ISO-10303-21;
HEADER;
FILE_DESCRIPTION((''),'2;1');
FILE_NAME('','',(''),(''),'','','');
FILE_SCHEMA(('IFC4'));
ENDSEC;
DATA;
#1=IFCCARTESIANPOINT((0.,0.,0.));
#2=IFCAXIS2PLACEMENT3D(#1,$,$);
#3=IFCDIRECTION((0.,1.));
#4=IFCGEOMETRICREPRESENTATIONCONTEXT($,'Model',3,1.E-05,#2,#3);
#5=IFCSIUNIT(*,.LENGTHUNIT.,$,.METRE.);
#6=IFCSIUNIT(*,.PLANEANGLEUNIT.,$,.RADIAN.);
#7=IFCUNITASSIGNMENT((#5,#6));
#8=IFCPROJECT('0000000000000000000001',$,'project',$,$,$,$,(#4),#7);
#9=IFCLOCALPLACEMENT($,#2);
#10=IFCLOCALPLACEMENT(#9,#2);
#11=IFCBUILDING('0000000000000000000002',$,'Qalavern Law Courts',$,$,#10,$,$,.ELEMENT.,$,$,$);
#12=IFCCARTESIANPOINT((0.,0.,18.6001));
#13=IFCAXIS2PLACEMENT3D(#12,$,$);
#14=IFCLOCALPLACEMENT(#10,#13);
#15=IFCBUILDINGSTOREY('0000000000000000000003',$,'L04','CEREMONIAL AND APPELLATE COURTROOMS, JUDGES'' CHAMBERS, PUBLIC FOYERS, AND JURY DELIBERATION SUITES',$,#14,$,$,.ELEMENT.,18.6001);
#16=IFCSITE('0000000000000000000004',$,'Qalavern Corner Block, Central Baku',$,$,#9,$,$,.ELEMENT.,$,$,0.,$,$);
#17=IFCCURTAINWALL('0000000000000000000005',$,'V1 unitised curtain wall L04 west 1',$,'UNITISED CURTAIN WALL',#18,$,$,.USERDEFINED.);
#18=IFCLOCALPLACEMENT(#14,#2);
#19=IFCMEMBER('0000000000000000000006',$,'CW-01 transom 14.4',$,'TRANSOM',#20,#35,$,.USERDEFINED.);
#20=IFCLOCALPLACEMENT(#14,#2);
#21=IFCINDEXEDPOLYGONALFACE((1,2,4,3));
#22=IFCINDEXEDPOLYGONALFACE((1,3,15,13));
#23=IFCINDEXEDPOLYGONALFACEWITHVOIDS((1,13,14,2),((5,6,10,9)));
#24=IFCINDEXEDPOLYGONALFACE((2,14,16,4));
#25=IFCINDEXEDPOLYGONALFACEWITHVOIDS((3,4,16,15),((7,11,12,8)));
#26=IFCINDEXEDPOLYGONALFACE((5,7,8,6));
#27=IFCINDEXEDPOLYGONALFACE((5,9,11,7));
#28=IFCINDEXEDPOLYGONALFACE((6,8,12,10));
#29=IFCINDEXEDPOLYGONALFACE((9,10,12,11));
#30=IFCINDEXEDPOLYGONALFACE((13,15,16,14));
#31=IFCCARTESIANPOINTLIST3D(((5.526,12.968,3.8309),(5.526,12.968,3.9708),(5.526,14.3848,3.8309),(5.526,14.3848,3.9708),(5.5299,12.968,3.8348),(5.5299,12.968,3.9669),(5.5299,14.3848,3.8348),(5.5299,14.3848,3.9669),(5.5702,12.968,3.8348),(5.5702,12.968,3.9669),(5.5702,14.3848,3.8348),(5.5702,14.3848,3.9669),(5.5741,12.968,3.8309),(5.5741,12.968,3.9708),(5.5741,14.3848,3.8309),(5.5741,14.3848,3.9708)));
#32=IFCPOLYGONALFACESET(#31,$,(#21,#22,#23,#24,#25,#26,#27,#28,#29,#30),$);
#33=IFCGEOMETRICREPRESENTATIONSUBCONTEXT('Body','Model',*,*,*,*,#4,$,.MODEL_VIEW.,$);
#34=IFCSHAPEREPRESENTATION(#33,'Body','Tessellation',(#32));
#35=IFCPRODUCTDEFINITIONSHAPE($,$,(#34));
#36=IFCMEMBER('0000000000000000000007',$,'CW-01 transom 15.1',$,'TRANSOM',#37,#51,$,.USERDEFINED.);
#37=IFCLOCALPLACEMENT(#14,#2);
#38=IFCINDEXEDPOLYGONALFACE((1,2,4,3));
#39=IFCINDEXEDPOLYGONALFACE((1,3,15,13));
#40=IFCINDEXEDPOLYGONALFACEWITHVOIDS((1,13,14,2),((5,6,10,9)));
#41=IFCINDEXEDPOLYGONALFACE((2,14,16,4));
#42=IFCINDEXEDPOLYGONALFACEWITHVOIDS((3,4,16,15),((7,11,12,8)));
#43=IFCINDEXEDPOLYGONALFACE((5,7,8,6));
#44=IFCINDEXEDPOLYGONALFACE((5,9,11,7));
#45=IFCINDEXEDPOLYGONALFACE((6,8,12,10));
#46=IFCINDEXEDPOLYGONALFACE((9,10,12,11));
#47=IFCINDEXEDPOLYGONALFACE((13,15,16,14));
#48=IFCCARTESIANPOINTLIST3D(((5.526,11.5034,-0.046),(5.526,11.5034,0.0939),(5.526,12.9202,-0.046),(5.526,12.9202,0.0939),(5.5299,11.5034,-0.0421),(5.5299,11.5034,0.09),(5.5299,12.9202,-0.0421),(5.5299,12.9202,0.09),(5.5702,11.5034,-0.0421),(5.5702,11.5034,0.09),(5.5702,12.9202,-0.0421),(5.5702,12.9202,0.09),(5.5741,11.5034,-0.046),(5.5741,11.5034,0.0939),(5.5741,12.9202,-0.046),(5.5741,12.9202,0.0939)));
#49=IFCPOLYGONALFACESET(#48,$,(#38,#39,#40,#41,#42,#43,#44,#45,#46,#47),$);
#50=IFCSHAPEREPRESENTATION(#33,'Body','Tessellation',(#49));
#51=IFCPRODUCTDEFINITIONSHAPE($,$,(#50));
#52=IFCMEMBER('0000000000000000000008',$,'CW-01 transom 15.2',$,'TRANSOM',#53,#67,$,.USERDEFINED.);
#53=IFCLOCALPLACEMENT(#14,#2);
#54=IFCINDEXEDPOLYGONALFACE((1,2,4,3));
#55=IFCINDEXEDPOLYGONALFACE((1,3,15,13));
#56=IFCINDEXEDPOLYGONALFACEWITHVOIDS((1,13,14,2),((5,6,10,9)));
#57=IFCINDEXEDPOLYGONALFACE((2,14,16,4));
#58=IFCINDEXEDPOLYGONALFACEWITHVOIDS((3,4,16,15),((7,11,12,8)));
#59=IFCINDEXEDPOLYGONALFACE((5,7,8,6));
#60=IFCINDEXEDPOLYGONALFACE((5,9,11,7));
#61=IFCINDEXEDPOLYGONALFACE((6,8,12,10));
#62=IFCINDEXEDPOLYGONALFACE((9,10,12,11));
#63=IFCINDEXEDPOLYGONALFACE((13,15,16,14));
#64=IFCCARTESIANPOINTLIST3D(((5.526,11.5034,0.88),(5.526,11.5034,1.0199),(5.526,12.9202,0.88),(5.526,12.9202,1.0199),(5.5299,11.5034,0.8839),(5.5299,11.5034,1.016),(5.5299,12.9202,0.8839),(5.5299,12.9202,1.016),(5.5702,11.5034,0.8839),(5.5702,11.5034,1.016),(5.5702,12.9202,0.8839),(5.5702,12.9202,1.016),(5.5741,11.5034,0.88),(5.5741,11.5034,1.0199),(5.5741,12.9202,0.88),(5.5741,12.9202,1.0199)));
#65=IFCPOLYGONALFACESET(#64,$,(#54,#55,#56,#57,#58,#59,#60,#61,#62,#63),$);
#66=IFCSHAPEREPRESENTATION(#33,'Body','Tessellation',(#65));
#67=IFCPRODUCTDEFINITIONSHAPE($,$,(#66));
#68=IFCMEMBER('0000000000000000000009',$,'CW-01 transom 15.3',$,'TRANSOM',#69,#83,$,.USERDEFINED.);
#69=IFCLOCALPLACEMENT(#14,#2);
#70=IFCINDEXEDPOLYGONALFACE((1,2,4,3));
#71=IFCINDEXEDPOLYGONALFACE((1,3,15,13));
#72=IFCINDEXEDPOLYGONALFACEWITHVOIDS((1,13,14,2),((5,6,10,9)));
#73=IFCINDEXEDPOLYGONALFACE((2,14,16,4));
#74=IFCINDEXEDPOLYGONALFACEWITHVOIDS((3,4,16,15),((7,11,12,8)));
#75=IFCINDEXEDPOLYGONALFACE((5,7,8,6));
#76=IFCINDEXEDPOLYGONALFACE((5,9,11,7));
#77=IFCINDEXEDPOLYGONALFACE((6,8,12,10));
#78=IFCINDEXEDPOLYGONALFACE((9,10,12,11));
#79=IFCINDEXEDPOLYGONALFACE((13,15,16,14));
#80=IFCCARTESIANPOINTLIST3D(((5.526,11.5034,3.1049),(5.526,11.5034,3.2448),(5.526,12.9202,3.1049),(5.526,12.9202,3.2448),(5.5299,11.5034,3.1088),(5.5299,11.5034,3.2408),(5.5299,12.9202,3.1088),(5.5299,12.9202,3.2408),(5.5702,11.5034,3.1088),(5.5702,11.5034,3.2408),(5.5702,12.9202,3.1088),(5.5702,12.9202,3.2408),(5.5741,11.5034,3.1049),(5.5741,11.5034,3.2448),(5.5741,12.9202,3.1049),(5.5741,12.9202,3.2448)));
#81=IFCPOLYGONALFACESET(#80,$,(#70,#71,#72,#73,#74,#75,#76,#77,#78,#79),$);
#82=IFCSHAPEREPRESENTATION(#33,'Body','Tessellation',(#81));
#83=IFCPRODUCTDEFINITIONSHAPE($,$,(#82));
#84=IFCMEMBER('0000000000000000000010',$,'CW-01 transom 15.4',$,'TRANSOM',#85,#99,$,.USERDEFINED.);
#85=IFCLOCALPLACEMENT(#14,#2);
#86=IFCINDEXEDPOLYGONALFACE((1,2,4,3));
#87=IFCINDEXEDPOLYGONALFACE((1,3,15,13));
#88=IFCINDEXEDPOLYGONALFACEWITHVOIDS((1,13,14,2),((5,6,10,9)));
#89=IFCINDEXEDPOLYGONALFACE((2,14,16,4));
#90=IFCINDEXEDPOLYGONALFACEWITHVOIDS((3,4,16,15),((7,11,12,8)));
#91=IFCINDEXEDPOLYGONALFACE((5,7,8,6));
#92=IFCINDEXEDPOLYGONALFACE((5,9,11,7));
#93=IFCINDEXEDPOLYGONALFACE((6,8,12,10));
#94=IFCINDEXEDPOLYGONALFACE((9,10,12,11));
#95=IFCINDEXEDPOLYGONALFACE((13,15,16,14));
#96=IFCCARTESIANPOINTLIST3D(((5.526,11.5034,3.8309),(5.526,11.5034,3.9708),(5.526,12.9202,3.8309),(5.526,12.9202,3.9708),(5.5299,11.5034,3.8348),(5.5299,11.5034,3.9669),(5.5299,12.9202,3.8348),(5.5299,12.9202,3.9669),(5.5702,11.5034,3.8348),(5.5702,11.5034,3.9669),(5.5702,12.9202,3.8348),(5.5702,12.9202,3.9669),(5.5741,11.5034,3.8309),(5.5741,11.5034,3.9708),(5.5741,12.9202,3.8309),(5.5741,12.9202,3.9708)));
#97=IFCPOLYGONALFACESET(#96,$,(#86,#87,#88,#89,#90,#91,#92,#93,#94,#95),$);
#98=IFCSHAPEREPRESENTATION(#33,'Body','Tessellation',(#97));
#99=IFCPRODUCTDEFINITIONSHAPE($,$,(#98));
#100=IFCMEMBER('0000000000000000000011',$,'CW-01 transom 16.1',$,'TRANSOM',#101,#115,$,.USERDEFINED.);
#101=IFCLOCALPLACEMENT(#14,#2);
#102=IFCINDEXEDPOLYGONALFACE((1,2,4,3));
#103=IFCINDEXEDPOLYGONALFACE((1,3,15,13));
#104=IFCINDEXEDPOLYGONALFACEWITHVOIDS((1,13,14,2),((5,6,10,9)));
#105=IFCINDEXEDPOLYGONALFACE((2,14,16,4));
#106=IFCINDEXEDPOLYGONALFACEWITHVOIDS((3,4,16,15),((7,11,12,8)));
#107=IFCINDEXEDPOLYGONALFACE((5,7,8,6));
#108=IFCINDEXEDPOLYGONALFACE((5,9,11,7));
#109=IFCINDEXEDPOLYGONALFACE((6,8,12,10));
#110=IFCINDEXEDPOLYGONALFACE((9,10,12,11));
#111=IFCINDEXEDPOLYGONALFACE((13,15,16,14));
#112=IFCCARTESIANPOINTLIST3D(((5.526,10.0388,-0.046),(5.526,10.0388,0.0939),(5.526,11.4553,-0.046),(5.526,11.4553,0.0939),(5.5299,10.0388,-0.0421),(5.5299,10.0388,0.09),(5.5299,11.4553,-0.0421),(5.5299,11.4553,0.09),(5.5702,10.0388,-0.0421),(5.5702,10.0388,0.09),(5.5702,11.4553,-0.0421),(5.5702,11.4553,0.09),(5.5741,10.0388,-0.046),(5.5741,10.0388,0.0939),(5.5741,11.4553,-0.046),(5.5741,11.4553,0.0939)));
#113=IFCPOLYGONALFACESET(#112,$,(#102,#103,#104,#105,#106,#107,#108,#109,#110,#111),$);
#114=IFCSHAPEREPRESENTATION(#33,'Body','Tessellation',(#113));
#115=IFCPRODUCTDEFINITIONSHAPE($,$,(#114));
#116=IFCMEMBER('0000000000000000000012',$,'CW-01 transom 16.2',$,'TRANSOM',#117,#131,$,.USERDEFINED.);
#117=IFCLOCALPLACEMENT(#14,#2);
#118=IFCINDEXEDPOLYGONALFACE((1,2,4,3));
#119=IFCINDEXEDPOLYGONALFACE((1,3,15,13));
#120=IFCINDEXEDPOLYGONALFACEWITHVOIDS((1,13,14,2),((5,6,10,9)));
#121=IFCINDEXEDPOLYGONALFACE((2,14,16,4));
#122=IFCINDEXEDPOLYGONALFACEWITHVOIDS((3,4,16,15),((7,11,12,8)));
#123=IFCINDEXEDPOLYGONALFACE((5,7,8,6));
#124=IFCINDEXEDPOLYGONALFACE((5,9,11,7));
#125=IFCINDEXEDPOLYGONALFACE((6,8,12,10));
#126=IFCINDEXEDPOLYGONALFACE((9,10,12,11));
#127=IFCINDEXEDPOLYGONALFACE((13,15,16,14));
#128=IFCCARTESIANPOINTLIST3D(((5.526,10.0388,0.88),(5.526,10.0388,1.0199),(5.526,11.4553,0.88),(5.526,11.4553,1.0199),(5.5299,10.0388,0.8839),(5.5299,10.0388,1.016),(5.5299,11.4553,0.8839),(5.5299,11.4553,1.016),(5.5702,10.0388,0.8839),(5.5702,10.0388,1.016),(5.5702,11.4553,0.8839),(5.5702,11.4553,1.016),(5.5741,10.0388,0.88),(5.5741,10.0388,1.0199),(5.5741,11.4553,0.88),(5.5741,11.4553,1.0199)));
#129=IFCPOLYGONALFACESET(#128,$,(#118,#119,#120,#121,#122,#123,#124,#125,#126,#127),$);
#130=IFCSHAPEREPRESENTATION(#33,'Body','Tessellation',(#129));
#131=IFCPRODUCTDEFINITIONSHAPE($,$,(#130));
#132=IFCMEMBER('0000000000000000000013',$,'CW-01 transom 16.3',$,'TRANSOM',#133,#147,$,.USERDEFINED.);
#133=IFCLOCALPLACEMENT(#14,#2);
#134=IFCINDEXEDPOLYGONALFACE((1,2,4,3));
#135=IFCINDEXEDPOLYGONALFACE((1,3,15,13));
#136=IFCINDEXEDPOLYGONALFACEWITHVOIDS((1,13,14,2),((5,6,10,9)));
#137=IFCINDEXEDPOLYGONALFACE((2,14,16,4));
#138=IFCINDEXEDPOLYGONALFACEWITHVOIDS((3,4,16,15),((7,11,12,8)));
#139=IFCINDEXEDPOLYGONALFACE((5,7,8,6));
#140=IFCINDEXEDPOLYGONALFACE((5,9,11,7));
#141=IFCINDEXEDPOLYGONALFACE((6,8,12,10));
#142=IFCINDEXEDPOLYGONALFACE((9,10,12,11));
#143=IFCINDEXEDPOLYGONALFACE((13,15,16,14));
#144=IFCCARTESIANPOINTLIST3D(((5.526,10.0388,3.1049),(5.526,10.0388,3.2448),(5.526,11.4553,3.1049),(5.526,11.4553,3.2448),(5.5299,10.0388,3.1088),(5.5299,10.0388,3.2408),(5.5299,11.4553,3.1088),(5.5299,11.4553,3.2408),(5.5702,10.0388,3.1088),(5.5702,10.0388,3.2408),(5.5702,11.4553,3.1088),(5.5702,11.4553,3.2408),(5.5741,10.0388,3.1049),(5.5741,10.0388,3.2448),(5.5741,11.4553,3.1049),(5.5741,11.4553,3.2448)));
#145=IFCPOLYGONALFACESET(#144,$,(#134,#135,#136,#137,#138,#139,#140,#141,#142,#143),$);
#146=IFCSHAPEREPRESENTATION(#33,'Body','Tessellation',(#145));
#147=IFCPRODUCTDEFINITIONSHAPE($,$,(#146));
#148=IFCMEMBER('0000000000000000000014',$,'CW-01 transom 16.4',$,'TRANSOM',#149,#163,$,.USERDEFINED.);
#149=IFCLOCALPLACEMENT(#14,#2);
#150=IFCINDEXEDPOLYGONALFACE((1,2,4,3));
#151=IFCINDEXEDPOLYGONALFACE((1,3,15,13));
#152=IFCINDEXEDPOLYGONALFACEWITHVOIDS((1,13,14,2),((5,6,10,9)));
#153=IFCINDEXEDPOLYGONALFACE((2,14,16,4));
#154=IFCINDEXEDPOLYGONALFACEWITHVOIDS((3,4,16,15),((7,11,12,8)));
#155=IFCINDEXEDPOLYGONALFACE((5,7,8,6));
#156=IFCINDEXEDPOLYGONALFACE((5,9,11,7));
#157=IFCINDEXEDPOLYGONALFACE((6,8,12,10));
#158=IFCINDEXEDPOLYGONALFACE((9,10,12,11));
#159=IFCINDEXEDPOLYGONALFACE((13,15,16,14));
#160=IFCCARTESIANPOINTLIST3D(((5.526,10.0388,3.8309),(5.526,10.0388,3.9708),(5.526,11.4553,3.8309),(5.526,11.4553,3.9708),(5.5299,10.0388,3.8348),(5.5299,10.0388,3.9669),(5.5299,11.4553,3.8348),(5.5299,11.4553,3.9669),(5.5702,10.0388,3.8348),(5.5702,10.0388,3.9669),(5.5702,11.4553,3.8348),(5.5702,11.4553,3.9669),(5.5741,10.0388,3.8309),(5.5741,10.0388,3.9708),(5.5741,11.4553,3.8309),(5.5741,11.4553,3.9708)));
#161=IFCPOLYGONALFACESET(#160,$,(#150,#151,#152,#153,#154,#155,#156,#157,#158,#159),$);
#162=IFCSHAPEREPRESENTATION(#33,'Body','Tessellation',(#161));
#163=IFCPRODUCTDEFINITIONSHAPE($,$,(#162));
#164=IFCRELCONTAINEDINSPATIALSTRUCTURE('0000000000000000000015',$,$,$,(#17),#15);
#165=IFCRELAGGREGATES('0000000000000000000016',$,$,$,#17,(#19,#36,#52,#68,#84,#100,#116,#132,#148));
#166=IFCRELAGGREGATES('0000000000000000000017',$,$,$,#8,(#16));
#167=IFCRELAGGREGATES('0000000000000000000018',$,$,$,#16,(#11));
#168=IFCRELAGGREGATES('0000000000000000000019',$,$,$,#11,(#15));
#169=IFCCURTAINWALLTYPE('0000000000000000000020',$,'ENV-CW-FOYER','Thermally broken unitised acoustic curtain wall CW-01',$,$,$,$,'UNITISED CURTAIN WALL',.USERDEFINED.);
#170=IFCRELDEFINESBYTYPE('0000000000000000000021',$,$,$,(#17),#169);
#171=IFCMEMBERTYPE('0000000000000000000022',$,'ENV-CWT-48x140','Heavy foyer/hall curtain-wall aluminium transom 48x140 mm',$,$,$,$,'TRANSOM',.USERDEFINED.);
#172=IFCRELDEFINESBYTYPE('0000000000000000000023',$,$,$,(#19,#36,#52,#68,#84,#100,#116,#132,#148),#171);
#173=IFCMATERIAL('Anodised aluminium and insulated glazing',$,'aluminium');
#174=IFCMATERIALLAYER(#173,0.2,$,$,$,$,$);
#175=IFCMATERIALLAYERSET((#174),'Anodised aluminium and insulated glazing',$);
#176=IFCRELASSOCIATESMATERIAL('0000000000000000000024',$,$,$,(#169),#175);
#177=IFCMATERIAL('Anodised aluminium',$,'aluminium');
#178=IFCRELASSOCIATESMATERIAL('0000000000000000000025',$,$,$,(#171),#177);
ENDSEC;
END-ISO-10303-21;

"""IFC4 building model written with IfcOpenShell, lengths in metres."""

from ifc_helpers import new_model, si_unit, direction, frame, origin, origin_2d, place, context, subcontext, project, spatial, hollow_rectangle, extrude, material, layer, layer_set, material_profile, profile_set, type_object, element, aggregate, save


model = new_model("IFC4")

# Units and contexts
model_context = context("Model", 3, precision=1e-05, world=origin(), true_north=direction((0.0, 1.0)))
body_context = subcontext(model_context, "Body", "Model", "MODEL_VIEW")
ifc_project = project(units=[si_unit("LENGTHUNIT", "METRE"), si_unit("PLANEANGLEUNIT", "RADIAN")], contexts=[model_context])

# Site, building, storey
site_placement = place(None, origin())
site = spatial("IfcSite", under=ifc_project, at=site_placement, Name="Qalavern Corner Block, Central Baku", CompositionType="ELEMENT", RefElevation=0.0)
building_placement = place(site_placement, origin())
building = spatial("IfcBuilding", under=site, at=building_placement, Name="Qalavern Law Courts", CompositionType="ELEMENT")
storey_placement = place(building_placement, frame((0.0, 0.0, 18.6001)))
storey = spatial("IfcBuildingStorey", under=building, at=storey_placement, Name="L04", Description="CEREMONIAL AND APPELLATE COURTROOMS, JUDGES' CHAMBERS, PUBLIC FOYERS, AND JURY DELIBERATION SUITES", CompositionType="ELEMENT", Elevation=18.6001)

# Curtain wall, members
ifc_material_1 = material(Name="Anodised aluminium and insulated glazing", Category="aluminium")
ifc_layer_1 = layer(ifc_material_1, 0.2)
ifc_layer_set_1 = layer_set([ifc_layer_1], Name="Anodised aluminium and insulated glazing")
curtain_wall_type = type_object("IfcCurtainWallType", Name="ENV-CW-FOYER", Description="Thermally broken unitised acoustic curtain wall CW-01", ElementType="UNITISED CURTAIN WALL", PredefinedType="USERDEFINED", material=ifc_layer_set_1)
curtain_wall_placement = place(storey_placement, origin())
curtain_wall = element("IfcCurtainWall", 1, at=curtain_wall_placement, inside=storey, type_object=curtain_wall_type, Name="V1 unitised curtain wall L04 west 1", ObjectType="UNITISED CURTAIN WALL", PredefinedType="USERDEFINED")
ifc_material_2 = material(Name="Anodised aluminium", Category="aluminium")
ifc_material_profile_1 = material_profile(ifc_material_2, hollow_rectangle(XDim=0.0481, YDim=0.1399, WallThickness=0.0039, at=origin_2d()), Name="ALU TRANSOM 48x140")
ifc_profile_set_1 = profile_set([ifc_material_profile_1], Name="Anodised aluminium")
member_type_1 = type_object("IfcMemberType", Name="ENV-CWT-48x140", Description="Heavy foyer/hall curtain-wall aluminium transom 48x140 mm", ElementType="TRANSOM", PredefinedType="USERDEFINED", material=ifc_profile_set_1)
member_1_placement = place(storey_placement, frame((5.55, 14.3848, 3.9009), z_axis=(0.0, -1.0, 0.0), x_axis=(1.0, 0.0, 0.0)))
member_1 = element("IfcMember", 2, at=member_1_placement, type_object=member_type_1, Name="CW-01 transom 14.4", ObjectType="TRANSOM", PredefinedType="USERDEFINED", context=body_context, shape_type="SweptSolid", body=[
    extrude(hollow_rectangle(XDim=0.0481, YDim=0.1399, WallThickness=0.0039, at=origin_2d()), origin(), (0.0, 0.0, 1.0), 1.4167),
])
member_2_placement = place(storey_placement, frame((5.55, 12.9202, 0.0239), z_axis=(0.0, -1.0, 0.0), x_axis=(1.0, 0.0, 0.0)))
member_2 = element("IfcMember", 3, at=member_2_placement, type_object=member_type_1, Name="CW-01 transom 15.1", ObjectType="TRANSOM", PredefinedType="USERDEFINED", context=body_context, shape_type="SweptSolid", body=[
    extrude(hollow_rectangle(XDim=0.0481, YDim=0.1399, WallThickness=0.0039, at=origin_2d()), origin(), (0.0, 0.0, 1.0), 1.4167),
])
member_3_placement = place(storey_placement, frame((5.55, 12.9202, 0.95), z_axis=(0.0, -1.0, 0.0), x_axis=(1.0, 0.0, 0.0)))
member_3 = element("IfcMember", 4, at=member_3_placement, type_object=member_type_1, Name="CW-01 transom 15.2", ObjectType="TRANSOM", PredefinedType="USERDEFINED", context=body_context, shape_type="SweptSolid", body=[
    extrude(hollow_rectangle(XDim=0.0481, YDim=0.1399, WallThickness=0.0039, at=origin_2d()), origin(), (0.0, 0.0, 1.0), 1.4167),
])
member_4_placement = place(storey_placement, frame((5.55, 12.9202, 3.1748), z_axis=(0.0, -1.0, 0.0), x_axis=(1.0, 0.0, 0.0)))
member_4 = element("IfcMember", 5, at=member_4_placement, type_object=member_type_1, Name="CW-01 transom 15.3", ObjectType="TRANSOM", PredefinedType="USERDEFINED", context=body_context, shape_type="SweptSolid", body=[
    extrude(hollow_rectangle(XDim=0.0481, YDim=0.1399, WallThickness=0.0039, at=origin_2d()), origin(), (0.0, 0.0, 1.0), 1.4167),
])
member_5_placement = place(storey_placement, frame((5.55, 12.9202, 3.9009), z_axis=(0.0, -1.0, 0.0), x_axis=(1.0, 0.0, 0.0)))
member_5 = element("IfcMember", 6, at=member_5_placement, type_object=member_type_1, Name="CW-01 transom 15.4", ObjectType="TRANSOM", PredefinedType="USERDEFINED", context=body_context, shape_type="SweptSolid", body=[
    extrude(hollow_rectangle(XDim=0.0481, YDim=0.1399, WallThickness=0.0039, at=origin_2d()), origin(), (0.0, 0.0, 1.0), 1.4167),
])
member_6_placement = place(storey_placement, frame((5.55, 11.4553, 0.0239), z_axis=(0.0, -1.0, 0.0), x_axis=(1.0, 0.0, 0.0)))
member_6 = element("IfcMember", 7, at=member_6_placement, type_object=member_type_1, Name="CW-01 transom 16.1", ObjectType="TRANSOM", PredefinedType="USERDEFINED", context=body_context, shape_type="SweptSolid", body=[
    extrude(hollow_rectangle(XDim=0.0481, YDim=0.1399, WallThickness=0.0039, at=origin_2d()), origin(), (0.0, 0.0, 1.0), 1.4165),
])
member_7_placement = place(storey_placement, frame((5.55, 11.4553, 0.95), z_axis=(0.0, -1.0, 0.0), x_axis=(1.0, 0.0, 0.0)))
member_7 = element("IfcMember", 8, at=member_7_placement, type_object=member_type_1, Name="CW-01 transom 16.2", ObjectType="TRANSOM", PredefinedType="USERDEFINED", context=body_context, shape_type="SweptSolid", body=[
    extrude(hollow_rectangle(XDim=0.0481, YDim=0.1399, WallThickness=0.0039, at=origin_2d()), origin(), (0.0, 0.0, 1.0), 1.4165),
])
member_8_placement = place(storey_placement, frame((5.55, 11.4553, 3.1748), z_axis=(0.0, -1.0, 0.0), x_axis=(1.0, 0.0, 0.0)))
member_8 = element("IfcMember", 9, at=member_8_placement, type_object=member_type_1, Name="CW-01 transom 16.3", ObjectType="TRANSOM", PredefinedType="USERDEFINED", context=body_context, shape_type="SweptSolid", body=[
    extrude(hollow_rectangle(XDim=0.0481, YDim=0.1399, WallThickness=0.0039, at=origin_2d()), origin(), (0.0, 0.0, 1.0), 1.4165),
])
member_9_placement = place(storey_placement, frame((5.55, 11.4553, 3.9009), z_axis=(0.0, -1.0, 0.0), x_axis=(1.0, 0.0, 0.0)))
member_9 = element("IfcMember", 10, at=member_9_placement, type_object=member_type_1, Name="CW-01 transom 16.4", ObjectType="TRANSOM", PredefinedType="USERDEFINED", context=body_context, shape_type="SweptSolid", body=[
    extrude(hollow_rectangle(XDim=0.0481, YDim=0.1399, WallThickness=0.0039, at=origin_2d()), origin(), (0.0, 0.0, 1.0), 1.4165),
])

aggregate(curtain_wall, [member_1, member_2, member_3, member_4, member_5, member_6, member_7, member_8, member_9])

save(model, "model.ifc")
